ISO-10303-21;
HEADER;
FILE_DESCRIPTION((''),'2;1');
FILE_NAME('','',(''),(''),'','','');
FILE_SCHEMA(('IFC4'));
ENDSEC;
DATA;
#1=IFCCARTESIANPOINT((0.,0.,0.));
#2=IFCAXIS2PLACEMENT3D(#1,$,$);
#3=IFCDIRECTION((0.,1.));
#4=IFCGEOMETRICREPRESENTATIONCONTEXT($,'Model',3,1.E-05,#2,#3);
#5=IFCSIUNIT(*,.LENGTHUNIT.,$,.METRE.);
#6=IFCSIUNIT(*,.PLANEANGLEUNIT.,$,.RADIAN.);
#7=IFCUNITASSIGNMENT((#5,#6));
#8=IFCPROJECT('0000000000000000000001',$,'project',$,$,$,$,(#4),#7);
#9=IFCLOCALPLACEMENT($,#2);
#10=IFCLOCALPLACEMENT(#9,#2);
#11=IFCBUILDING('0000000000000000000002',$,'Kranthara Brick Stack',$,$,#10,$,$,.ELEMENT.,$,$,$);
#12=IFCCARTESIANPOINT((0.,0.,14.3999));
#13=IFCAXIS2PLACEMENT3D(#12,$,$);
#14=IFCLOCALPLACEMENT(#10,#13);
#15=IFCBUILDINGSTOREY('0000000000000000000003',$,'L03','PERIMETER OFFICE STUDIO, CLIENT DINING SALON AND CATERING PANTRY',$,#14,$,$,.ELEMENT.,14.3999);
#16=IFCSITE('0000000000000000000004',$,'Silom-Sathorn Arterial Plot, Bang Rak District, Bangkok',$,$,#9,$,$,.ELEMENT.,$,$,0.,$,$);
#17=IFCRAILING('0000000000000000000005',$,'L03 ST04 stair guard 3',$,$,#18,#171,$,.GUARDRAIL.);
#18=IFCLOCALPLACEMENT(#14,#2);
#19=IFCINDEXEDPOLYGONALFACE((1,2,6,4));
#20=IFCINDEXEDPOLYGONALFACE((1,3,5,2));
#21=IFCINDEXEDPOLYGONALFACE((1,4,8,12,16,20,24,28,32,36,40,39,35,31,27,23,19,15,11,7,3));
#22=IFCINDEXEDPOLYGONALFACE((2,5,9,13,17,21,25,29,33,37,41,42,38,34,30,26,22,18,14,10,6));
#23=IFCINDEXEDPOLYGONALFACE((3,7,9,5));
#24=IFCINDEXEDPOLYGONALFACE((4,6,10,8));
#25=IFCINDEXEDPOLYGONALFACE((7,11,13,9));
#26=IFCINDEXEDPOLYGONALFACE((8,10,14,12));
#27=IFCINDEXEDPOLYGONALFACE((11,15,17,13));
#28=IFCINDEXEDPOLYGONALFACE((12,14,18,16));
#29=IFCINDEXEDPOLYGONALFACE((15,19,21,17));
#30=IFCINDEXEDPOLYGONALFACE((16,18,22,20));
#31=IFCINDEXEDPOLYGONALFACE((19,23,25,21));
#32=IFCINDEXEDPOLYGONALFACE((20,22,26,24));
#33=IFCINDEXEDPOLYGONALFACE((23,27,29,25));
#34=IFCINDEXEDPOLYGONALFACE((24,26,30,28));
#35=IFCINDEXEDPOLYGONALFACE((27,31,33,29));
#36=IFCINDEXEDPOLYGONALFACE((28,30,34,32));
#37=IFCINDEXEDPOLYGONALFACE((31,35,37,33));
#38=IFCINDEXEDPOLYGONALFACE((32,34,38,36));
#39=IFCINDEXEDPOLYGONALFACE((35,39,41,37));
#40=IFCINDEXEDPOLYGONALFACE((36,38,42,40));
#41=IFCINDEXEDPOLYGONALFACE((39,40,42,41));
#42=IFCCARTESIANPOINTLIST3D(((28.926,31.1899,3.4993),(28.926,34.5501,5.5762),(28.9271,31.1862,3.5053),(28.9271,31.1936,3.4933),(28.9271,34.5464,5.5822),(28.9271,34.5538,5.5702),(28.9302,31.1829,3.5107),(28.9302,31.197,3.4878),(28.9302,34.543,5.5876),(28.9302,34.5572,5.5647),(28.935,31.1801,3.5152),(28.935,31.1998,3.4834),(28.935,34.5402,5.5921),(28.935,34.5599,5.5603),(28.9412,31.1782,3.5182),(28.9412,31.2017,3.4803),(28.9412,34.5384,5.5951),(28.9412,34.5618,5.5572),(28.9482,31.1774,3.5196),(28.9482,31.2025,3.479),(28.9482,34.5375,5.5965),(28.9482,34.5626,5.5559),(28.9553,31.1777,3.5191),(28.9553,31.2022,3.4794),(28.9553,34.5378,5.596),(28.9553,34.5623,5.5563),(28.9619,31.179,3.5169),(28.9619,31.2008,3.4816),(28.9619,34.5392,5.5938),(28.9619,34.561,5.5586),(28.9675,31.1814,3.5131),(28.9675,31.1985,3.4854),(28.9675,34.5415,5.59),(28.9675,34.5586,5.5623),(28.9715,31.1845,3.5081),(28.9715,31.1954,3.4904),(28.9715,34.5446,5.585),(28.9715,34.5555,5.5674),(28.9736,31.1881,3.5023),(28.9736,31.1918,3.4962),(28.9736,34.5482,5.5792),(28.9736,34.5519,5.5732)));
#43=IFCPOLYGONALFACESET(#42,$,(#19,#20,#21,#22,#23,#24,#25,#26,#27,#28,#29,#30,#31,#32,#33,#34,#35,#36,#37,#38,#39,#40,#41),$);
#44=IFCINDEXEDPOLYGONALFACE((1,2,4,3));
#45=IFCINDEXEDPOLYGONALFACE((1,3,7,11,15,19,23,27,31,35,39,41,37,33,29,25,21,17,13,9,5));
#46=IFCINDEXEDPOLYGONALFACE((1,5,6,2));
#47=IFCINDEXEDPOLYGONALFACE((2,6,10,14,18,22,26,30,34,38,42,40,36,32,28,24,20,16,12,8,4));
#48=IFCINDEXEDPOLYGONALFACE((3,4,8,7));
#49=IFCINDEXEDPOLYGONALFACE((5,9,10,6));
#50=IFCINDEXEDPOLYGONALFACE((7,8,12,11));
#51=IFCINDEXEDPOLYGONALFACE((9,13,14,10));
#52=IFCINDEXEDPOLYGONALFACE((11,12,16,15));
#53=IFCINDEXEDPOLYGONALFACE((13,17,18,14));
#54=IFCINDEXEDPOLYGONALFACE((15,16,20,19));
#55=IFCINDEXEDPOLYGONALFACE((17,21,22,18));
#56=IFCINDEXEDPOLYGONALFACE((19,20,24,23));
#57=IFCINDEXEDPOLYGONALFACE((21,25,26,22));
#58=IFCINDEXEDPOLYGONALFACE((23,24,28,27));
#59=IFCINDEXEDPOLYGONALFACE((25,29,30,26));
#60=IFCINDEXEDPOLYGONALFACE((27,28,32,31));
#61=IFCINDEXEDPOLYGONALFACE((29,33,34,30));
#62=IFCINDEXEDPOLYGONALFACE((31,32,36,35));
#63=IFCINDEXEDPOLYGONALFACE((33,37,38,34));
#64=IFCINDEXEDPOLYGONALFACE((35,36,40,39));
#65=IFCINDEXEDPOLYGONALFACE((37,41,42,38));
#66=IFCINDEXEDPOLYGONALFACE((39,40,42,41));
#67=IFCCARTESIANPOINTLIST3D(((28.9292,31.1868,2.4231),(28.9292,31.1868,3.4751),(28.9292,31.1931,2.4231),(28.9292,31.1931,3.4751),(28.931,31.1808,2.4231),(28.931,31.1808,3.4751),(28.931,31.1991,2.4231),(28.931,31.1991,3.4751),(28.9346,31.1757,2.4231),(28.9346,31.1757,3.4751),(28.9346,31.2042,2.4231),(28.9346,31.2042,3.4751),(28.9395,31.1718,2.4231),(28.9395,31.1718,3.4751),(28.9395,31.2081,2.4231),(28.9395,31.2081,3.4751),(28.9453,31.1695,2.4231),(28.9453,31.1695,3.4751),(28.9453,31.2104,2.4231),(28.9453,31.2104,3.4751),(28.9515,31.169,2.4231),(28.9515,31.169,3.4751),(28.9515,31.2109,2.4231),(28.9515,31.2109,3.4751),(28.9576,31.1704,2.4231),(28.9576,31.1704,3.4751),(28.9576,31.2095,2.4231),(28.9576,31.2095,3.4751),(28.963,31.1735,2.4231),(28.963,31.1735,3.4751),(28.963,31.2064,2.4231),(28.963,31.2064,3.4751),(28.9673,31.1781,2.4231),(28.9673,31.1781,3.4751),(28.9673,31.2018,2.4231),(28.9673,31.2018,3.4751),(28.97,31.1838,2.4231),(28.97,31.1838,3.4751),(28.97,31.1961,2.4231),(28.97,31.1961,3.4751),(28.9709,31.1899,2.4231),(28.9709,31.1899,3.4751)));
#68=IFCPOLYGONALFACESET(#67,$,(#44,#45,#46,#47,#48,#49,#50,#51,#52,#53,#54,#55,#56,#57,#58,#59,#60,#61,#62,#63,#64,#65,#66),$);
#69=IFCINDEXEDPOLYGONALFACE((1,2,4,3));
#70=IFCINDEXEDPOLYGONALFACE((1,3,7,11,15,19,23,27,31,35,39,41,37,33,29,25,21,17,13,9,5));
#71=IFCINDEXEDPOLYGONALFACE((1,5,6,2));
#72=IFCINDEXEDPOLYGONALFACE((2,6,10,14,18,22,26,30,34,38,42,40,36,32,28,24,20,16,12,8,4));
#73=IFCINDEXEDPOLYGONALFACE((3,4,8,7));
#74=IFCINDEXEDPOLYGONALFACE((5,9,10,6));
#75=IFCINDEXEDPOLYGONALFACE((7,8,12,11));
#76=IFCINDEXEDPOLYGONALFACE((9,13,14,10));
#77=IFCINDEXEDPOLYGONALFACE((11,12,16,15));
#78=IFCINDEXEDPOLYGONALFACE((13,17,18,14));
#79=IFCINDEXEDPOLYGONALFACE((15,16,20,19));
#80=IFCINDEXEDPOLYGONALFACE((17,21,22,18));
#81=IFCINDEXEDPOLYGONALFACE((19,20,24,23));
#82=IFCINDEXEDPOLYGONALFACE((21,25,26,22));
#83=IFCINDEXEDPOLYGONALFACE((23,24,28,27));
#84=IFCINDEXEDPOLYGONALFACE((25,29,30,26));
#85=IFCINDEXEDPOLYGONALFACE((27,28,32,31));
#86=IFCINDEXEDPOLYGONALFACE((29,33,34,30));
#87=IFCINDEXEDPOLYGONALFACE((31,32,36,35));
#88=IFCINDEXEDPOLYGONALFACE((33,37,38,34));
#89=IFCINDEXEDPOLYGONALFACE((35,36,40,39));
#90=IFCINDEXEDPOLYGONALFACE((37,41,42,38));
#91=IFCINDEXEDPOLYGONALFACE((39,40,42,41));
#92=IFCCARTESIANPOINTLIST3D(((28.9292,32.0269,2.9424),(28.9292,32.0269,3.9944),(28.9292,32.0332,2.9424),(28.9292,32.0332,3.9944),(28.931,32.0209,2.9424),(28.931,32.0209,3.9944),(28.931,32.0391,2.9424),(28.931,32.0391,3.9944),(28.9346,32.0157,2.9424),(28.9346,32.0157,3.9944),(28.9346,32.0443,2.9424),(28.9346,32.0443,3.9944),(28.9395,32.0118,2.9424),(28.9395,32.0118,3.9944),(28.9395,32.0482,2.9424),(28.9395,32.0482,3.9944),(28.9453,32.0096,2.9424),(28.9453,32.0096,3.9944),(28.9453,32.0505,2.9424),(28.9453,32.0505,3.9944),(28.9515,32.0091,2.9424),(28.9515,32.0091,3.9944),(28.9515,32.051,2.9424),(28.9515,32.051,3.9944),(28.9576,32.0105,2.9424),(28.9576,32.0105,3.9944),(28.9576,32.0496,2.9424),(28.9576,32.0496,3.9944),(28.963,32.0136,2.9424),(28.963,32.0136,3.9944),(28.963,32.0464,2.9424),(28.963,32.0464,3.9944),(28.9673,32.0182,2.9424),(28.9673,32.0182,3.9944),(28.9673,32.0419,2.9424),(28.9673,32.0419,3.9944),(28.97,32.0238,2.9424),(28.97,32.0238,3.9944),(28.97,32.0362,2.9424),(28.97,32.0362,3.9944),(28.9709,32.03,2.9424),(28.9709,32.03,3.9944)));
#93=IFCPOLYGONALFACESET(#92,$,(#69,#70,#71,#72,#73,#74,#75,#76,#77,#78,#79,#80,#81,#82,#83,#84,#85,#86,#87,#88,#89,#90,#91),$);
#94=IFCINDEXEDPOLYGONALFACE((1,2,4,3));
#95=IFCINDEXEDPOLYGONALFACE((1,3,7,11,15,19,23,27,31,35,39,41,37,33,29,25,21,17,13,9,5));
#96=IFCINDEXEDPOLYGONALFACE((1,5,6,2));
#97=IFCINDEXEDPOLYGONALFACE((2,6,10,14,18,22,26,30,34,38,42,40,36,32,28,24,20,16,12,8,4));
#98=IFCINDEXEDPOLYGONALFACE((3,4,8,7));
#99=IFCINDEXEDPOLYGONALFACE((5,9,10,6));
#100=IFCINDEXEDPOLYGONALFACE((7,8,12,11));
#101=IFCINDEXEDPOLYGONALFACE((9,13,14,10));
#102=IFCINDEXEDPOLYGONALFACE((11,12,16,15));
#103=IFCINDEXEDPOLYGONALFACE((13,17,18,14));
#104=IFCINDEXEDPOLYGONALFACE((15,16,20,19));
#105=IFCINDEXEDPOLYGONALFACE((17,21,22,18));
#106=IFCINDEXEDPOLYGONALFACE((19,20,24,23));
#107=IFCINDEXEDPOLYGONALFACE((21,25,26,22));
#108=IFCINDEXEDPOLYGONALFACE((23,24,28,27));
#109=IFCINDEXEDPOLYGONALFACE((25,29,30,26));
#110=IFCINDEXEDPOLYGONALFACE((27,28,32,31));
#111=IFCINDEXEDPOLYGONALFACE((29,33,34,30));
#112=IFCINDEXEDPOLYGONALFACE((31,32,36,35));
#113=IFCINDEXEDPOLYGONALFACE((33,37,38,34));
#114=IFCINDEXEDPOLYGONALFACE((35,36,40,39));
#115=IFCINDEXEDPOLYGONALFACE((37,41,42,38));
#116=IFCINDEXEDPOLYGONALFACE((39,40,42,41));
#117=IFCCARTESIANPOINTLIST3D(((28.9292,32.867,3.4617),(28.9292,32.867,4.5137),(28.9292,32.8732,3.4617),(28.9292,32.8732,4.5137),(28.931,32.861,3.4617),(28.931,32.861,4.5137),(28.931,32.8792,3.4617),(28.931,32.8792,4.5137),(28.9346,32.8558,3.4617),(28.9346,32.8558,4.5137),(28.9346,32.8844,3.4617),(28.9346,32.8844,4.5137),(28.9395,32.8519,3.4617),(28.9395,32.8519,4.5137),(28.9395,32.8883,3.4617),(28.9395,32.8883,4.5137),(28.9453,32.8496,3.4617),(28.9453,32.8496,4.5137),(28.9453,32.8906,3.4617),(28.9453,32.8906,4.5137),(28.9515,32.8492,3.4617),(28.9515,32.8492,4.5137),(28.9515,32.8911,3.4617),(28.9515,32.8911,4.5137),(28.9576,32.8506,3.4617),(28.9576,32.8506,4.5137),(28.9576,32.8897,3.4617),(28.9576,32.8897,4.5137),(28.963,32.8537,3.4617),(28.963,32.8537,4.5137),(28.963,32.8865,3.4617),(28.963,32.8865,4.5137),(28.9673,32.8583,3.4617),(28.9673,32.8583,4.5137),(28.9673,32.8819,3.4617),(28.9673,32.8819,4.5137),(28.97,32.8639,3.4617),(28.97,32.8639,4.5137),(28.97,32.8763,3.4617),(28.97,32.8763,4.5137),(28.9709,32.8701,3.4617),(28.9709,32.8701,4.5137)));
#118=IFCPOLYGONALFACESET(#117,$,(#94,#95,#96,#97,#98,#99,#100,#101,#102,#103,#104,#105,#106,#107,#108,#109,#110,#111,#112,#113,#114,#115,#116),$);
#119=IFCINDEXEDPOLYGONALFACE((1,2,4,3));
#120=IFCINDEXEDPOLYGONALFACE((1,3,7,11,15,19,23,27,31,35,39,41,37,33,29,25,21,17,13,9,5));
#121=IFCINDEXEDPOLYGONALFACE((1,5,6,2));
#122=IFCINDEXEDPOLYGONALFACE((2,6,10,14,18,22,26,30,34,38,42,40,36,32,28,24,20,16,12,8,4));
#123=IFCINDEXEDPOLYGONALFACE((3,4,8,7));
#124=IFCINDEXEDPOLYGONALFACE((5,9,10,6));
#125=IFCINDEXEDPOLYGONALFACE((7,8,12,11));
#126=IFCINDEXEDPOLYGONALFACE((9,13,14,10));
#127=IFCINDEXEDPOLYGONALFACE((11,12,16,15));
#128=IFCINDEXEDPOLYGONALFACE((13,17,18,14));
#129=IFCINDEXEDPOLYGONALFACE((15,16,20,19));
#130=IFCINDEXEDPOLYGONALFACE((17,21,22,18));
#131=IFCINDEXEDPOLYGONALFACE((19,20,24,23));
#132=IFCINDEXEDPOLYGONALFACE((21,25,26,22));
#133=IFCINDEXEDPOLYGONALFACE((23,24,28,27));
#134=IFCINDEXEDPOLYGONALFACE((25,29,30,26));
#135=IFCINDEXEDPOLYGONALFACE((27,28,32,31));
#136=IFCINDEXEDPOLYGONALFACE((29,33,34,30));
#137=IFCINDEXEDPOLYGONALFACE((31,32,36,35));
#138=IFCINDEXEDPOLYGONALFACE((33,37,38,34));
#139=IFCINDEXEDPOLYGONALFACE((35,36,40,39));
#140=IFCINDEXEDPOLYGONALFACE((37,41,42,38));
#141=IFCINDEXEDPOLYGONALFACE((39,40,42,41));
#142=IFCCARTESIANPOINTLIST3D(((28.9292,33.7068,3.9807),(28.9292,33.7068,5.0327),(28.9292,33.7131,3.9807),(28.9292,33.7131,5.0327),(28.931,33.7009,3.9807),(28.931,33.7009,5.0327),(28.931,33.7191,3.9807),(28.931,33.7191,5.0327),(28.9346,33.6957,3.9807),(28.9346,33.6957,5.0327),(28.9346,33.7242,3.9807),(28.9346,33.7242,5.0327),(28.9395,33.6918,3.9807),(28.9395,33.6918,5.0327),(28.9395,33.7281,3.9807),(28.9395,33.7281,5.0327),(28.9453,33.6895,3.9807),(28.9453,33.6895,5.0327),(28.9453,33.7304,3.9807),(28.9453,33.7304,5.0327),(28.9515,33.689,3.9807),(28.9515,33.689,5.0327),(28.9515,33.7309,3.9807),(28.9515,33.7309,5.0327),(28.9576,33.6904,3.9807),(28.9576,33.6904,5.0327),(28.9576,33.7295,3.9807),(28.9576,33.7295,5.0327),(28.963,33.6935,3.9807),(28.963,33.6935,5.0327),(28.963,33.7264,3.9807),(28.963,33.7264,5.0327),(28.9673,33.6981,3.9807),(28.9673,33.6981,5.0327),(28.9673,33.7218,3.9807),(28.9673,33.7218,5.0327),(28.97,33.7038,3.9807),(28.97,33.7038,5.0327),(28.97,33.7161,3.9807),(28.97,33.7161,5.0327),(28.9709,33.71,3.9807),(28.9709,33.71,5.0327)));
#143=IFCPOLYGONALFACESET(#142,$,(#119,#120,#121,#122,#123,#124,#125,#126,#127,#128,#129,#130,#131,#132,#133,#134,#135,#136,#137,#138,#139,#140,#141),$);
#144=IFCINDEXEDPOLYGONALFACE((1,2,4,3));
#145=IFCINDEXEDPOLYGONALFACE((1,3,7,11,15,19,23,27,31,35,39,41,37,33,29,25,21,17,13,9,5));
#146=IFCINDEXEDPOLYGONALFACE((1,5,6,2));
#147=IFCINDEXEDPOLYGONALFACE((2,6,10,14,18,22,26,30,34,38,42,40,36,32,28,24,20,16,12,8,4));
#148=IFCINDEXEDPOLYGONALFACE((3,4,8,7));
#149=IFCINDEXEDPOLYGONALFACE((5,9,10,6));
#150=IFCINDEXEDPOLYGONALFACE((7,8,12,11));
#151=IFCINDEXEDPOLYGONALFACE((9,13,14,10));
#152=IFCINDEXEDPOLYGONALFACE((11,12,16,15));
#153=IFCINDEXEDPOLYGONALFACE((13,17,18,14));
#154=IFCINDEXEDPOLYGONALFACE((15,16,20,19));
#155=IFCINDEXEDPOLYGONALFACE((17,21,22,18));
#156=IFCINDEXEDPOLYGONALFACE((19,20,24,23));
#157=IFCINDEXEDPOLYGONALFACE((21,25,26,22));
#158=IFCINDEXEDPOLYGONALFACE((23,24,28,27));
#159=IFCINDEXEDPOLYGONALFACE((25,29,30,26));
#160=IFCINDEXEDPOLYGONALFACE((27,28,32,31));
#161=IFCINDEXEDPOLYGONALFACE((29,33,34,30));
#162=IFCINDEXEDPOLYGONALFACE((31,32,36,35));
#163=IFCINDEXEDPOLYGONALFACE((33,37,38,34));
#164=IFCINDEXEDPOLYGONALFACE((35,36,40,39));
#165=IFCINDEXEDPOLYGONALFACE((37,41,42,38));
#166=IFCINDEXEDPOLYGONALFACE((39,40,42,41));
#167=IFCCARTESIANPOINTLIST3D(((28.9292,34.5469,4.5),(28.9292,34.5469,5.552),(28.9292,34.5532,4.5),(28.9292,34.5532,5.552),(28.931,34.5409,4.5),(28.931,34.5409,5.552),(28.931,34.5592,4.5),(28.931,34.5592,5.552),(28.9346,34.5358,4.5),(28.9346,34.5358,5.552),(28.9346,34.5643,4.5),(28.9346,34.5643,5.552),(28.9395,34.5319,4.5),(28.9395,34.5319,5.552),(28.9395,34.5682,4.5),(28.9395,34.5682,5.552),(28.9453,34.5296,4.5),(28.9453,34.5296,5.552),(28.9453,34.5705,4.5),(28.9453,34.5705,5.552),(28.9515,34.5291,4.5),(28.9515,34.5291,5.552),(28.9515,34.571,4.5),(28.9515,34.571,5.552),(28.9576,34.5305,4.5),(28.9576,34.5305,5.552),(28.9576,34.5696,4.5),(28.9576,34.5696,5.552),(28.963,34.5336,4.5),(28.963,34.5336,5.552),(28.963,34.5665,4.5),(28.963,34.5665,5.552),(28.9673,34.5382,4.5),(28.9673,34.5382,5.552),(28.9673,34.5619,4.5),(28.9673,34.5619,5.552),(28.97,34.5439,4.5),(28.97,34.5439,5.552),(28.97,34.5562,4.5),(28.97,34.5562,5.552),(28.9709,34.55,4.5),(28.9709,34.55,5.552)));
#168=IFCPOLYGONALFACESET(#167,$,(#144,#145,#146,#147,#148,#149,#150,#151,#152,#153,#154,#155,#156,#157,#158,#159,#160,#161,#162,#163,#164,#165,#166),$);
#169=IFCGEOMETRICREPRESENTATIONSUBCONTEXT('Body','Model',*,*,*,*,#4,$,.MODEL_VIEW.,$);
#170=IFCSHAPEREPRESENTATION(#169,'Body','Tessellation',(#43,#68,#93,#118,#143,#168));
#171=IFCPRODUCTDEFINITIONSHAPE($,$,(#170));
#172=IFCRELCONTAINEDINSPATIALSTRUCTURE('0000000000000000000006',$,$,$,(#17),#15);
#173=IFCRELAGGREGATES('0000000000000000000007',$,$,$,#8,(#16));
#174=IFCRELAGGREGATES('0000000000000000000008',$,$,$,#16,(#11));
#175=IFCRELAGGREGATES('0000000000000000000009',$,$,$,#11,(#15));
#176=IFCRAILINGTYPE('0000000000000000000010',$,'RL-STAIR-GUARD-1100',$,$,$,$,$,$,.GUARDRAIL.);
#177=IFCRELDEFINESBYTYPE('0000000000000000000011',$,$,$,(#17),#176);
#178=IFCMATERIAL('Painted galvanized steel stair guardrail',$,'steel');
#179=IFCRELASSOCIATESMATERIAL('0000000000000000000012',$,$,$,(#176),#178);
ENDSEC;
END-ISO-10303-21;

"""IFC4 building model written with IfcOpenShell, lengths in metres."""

from ifc_helpers import new_model, si_unit, direction, frame, origin, origin_2d, place, context, subcontext, project, spatial, circle, extrude, material, type_object, element, save


model = new_model("IFC4")

# Units and contexts
model_context = context("Model", 3, precision=1e-05, world=origin(), true_north=direction((0.0, 1.0)))
body_context = subcontext(model_context, "Body", "Model", "MODEL_VIEW")
ifc_project = project(units=[si_unit("LENGTHUNIT", "METRE"), si_unit("PLANEANGLEUNIT", "RADIAN")], contexts=[model_context])

# Site, building, storey
site_placement = place(None, origin())
site = spatial("IfcSite", under=ifc_project, at=site_placement, Name="Silom-Sathorn Arterial Plot, Bang Rak District, Bangkok", CompositionType="ELEMENT", RefElevation=0.0)
building_placement = place(site_placement, origin())
building = spatial("IfcBuilding", under=site, at=building_placement, Name="Kranthara Brick Stack", CompositionType="ELEMENT")
storey_placement = place(building_placement, frame((0.0, 0.0, 14.3999)))
storey = spatial("IfcBuildingStorey", under=building, at=storey_placement, Name="L03", Description="PERIMETER OFFICE STUDIO, CLIENT DINING SALON AND CATERING PANTRY", CompositionType="ELEMENT", Elevation=14.3999)

# Railing
ifc_material_1 = material(Name="Painted galvanized steel stair guardrail", Category="steel")
railing_type_1 = type_object("IfcRailingType", Name="RL-STAIR-GUARD-1100", PredefinedType="GUARDRAIL", material=ifc_material_1)
railing_1_placement = place(storey_placement, frame((28.95, 31.1899, 2.4231)))
element("IfcRailing", 1, at=railing_1_placement, inside=storey, type_object=railing_type_1, Name="L03 ST04 stair guard 3", PredefinedType="GUARDRAIL", context=body_context, shape_type="SweptSolid", body=[
    extrude(circle(Radius=0.0239, at=origin_2d()), frame((0.0, 0.0, 1.0762), z_axis=(0.0, 0.850623, 0.525776), x_axis=(-1.0, 0.0, 0.0)), (0.0, 0.0, 1.0), 3.9502),
    extrude(circle(Radius=0.021, at=origin_2d()), origin(), (0.0, 0.0, 1.0), 1.052),
    extrude(circle(Radius=0.021, at=origin_2d()), frame((0.0, 0.8401, 0.5193)), (0.0, 0.0, 1.0), 1.052),
    extrude(circle(Radius=0.021, at=origin_2d()), frame((0.0, 1.6802, 1.0386)), (0.0, 0.0, 1.0), 1.052),
    extrude(circle(Radius=0.021, at=origin_2d()), frame((0.0, 2.52, 1.5576)), (0.0, 0.0, 1.0), 1.052),
    extrude(circle(Radius=0.021, at=origin_2d()), frame((0.0, 3.3601, 2.0769)), (0.0, 0.0, 1.0), 1.052),
])

save(model, "model.ifc")
